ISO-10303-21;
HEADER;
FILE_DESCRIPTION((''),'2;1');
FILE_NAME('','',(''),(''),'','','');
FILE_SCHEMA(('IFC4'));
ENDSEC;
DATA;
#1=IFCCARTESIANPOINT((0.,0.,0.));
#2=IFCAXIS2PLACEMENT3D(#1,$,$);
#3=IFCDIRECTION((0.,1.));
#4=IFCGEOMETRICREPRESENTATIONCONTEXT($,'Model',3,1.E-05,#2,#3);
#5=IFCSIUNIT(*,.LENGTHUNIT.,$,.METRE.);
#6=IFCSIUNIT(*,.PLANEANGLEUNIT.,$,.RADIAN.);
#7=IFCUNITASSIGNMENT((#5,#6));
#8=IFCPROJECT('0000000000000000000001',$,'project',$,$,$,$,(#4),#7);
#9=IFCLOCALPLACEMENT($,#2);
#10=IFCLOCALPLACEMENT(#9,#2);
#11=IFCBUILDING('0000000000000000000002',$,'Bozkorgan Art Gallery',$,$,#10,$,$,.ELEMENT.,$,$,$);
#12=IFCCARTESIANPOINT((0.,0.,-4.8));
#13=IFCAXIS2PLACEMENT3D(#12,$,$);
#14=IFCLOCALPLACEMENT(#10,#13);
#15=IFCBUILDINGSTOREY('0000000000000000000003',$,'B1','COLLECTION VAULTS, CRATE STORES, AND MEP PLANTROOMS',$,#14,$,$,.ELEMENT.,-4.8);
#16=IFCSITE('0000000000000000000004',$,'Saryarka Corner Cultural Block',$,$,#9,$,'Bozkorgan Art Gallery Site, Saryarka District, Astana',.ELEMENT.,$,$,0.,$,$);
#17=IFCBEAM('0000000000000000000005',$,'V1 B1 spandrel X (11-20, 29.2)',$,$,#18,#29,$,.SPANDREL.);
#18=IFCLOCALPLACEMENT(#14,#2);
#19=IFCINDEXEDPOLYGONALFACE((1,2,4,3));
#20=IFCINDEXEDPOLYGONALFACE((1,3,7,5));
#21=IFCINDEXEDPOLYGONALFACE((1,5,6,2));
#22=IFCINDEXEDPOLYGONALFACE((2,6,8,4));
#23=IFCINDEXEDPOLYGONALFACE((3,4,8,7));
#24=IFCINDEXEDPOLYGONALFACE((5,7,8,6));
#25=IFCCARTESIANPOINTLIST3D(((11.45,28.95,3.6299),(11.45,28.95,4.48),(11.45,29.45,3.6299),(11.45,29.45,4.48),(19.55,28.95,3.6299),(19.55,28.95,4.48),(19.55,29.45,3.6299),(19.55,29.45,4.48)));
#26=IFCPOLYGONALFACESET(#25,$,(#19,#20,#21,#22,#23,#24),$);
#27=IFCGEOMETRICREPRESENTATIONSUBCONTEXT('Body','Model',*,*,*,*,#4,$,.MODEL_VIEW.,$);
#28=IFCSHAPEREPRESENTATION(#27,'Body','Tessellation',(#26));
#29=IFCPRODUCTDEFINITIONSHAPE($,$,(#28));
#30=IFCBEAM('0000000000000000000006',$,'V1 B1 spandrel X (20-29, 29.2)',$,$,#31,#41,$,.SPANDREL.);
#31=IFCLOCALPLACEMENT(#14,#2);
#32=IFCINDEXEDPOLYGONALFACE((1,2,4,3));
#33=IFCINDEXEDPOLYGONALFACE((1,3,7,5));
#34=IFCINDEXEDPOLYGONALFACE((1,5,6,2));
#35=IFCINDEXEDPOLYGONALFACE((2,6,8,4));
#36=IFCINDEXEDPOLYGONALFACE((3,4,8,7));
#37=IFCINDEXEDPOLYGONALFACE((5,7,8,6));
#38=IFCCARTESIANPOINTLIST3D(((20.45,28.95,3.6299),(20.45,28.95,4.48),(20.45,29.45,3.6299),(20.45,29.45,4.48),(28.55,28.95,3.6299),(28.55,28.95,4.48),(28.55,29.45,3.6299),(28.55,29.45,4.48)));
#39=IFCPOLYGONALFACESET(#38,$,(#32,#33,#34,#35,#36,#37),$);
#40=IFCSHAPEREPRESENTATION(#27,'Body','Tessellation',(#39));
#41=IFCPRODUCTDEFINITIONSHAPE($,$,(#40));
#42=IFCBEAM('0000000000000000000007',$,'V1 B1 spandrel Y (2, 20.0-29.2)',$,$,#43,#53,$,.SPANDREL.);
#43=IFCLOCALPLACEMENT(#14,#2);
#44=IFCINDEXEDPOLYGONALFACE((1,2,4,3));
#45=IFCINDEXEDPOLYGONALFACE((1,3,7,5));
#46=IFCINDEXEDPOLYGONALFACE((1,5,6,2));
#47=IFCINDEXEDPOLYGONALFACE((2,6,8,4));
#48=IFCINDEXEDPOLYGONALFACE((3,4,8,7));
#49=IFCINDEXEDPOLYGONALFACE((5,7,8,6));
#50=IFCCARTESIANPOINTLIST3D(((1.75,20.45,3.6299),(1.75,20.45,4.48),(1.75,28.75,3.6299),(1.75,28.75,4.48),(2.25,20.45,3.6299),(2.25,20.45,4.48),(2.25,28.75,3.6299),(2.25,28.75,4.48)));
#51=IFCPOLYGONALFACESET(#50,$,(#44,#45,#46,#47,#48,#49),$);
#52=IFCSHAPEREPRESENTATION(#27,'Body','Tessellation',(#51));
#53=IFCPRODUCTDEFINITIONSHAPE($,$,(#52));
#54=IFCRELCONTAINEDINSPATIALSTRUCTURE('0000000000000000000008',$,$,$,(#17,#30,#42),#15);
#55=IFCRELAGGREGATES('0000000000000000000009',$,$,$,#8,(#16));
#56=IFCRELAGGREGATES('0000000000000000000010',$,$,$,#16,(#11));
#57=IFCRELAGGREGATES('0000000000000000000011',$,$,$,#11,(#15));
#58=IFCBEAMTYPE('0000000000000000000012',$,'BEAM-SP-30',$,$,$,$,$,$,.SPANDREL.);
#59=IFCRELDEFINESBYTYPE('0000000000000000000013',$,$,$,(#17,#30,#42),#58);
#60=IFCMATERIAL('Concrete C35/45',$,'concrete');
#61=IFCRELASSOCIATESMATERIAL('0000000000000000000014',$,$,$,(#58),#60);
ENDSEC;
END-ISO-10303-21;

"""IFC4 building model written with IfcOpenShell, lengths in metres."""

from ifc_helpers import new_model, si_unit, direction, frame, origin, origin_2d, place, context, subcontext, project, spatial, rectangle, extrude, material, material_profile, profile_set, type_object, element, save


model = new_model("IFC4")

# Units and contexts
model_context = context("Model", 3, precision=1e-05, world=origin(), true_north=direction((0.0, 1.0)))
body_context = subcontext(model_context, "Body", "Model", "MODEL_VIEW")
ifc_project = project(units=[si_unit("LENGTHUNIT", "METRE"), si_unit("PLANEANGLEUNIT", "RADIAN")], contexts=[model_context])

# Site, building, storey
site_placement = place(None, origin())
site = spatial("IfcSite", under=ifc_project, at=site_placement, Name="Saryarka Corner Cultural Block", LongName="Bozkorgan Art Gallery Site, Saryarka District, Astana", CompositionType="ELEMENT", RefElevation=0.0)
building_placement = place(site_placement, origin())
building = spatial("IfcBuilding", under=site, at=building_placement, Name="Bozkorgan Art Gallery", CompositionType="ELEMENT")
storey_placement = place(building_placement, frame((0.0, 0.0, -4.8)))
storey = spatial("IfcBuildingStorey", under=building, at=storey_placement, Name="B1", Description="COLLECTION VAULTS, CRATE STORES, AND MEP PLANTROOMS", CompositionType="ELEMENT", Elevation=-4.8)

# Beams
ifc_material_1 = material(Name="Concrete C35/45", Category="concrete")
ifc_material_profile_1 = material_profile(ifc_material_1, rectangle(XDim=0.5, YDim=0.8501, at=origin_2d()), Name="RC 500x850")
ifc_profile_set_1 = profile_set([ifc_material_profile_1], Name="Concrete C35/45")
beam_type_1 = type_object("IfcBeamType", Name="BEAM-SP-30", PredefinedType="SPANDREL", material=ifc_profile_set_1)
for number, where, z_axis, x_axis, name in (
    (1, (11.45, 29.2, 4.0549), (1.0, 0.0, 0.0), (0.0, 1.0, 0.0), "V1 B1 spandrel X (11-20, 29.2)"),
    (2, (20.45, 29.2, 4.0549), (1.0, 0.0, 0.0), (0.0, 1.0, 0.0), "V1 B1 spandrel X (20-29, 29.2)"),
):
    element("IfcBeam", number, at=place(storey_placement, frame(where, z_axis=z_axis, x_axis=x_axis)), inside=storey, type_object=beam_type_1, Name=name, PredefinedType="SPANDREL", context=body_context, shape_type="SweptSolid", body=[
        extrude(rectangle(XDim=0.5, YDim=0.8501, at=origin_2d()), origin(), (0.0, 0.0, 1.0), 8.1001),
    ])
beam_placement = place(storey_placement, frame((2.0, 20.45, 4.0549), z_axis=(0.0, 1.0, 0.0), x_axis=(-1.0, 0.0, 0.0)))
element("IfcBeam", 3, at=beam_placement, inside=storey, type_object=beam_type_1, Name="V1 B1 spandrel Y (2, 20.0-29.2)", PredefinedType="SPANDREL", context=body_context, shape_type="SweptSolid", body=[
    extrude(rectangle(XDim=0.5, YDim=0.8501, at=origin_2d()), origin(), (0.0, 0.0, 1.0), 8.3),
])

save(model, "model.ifc")
